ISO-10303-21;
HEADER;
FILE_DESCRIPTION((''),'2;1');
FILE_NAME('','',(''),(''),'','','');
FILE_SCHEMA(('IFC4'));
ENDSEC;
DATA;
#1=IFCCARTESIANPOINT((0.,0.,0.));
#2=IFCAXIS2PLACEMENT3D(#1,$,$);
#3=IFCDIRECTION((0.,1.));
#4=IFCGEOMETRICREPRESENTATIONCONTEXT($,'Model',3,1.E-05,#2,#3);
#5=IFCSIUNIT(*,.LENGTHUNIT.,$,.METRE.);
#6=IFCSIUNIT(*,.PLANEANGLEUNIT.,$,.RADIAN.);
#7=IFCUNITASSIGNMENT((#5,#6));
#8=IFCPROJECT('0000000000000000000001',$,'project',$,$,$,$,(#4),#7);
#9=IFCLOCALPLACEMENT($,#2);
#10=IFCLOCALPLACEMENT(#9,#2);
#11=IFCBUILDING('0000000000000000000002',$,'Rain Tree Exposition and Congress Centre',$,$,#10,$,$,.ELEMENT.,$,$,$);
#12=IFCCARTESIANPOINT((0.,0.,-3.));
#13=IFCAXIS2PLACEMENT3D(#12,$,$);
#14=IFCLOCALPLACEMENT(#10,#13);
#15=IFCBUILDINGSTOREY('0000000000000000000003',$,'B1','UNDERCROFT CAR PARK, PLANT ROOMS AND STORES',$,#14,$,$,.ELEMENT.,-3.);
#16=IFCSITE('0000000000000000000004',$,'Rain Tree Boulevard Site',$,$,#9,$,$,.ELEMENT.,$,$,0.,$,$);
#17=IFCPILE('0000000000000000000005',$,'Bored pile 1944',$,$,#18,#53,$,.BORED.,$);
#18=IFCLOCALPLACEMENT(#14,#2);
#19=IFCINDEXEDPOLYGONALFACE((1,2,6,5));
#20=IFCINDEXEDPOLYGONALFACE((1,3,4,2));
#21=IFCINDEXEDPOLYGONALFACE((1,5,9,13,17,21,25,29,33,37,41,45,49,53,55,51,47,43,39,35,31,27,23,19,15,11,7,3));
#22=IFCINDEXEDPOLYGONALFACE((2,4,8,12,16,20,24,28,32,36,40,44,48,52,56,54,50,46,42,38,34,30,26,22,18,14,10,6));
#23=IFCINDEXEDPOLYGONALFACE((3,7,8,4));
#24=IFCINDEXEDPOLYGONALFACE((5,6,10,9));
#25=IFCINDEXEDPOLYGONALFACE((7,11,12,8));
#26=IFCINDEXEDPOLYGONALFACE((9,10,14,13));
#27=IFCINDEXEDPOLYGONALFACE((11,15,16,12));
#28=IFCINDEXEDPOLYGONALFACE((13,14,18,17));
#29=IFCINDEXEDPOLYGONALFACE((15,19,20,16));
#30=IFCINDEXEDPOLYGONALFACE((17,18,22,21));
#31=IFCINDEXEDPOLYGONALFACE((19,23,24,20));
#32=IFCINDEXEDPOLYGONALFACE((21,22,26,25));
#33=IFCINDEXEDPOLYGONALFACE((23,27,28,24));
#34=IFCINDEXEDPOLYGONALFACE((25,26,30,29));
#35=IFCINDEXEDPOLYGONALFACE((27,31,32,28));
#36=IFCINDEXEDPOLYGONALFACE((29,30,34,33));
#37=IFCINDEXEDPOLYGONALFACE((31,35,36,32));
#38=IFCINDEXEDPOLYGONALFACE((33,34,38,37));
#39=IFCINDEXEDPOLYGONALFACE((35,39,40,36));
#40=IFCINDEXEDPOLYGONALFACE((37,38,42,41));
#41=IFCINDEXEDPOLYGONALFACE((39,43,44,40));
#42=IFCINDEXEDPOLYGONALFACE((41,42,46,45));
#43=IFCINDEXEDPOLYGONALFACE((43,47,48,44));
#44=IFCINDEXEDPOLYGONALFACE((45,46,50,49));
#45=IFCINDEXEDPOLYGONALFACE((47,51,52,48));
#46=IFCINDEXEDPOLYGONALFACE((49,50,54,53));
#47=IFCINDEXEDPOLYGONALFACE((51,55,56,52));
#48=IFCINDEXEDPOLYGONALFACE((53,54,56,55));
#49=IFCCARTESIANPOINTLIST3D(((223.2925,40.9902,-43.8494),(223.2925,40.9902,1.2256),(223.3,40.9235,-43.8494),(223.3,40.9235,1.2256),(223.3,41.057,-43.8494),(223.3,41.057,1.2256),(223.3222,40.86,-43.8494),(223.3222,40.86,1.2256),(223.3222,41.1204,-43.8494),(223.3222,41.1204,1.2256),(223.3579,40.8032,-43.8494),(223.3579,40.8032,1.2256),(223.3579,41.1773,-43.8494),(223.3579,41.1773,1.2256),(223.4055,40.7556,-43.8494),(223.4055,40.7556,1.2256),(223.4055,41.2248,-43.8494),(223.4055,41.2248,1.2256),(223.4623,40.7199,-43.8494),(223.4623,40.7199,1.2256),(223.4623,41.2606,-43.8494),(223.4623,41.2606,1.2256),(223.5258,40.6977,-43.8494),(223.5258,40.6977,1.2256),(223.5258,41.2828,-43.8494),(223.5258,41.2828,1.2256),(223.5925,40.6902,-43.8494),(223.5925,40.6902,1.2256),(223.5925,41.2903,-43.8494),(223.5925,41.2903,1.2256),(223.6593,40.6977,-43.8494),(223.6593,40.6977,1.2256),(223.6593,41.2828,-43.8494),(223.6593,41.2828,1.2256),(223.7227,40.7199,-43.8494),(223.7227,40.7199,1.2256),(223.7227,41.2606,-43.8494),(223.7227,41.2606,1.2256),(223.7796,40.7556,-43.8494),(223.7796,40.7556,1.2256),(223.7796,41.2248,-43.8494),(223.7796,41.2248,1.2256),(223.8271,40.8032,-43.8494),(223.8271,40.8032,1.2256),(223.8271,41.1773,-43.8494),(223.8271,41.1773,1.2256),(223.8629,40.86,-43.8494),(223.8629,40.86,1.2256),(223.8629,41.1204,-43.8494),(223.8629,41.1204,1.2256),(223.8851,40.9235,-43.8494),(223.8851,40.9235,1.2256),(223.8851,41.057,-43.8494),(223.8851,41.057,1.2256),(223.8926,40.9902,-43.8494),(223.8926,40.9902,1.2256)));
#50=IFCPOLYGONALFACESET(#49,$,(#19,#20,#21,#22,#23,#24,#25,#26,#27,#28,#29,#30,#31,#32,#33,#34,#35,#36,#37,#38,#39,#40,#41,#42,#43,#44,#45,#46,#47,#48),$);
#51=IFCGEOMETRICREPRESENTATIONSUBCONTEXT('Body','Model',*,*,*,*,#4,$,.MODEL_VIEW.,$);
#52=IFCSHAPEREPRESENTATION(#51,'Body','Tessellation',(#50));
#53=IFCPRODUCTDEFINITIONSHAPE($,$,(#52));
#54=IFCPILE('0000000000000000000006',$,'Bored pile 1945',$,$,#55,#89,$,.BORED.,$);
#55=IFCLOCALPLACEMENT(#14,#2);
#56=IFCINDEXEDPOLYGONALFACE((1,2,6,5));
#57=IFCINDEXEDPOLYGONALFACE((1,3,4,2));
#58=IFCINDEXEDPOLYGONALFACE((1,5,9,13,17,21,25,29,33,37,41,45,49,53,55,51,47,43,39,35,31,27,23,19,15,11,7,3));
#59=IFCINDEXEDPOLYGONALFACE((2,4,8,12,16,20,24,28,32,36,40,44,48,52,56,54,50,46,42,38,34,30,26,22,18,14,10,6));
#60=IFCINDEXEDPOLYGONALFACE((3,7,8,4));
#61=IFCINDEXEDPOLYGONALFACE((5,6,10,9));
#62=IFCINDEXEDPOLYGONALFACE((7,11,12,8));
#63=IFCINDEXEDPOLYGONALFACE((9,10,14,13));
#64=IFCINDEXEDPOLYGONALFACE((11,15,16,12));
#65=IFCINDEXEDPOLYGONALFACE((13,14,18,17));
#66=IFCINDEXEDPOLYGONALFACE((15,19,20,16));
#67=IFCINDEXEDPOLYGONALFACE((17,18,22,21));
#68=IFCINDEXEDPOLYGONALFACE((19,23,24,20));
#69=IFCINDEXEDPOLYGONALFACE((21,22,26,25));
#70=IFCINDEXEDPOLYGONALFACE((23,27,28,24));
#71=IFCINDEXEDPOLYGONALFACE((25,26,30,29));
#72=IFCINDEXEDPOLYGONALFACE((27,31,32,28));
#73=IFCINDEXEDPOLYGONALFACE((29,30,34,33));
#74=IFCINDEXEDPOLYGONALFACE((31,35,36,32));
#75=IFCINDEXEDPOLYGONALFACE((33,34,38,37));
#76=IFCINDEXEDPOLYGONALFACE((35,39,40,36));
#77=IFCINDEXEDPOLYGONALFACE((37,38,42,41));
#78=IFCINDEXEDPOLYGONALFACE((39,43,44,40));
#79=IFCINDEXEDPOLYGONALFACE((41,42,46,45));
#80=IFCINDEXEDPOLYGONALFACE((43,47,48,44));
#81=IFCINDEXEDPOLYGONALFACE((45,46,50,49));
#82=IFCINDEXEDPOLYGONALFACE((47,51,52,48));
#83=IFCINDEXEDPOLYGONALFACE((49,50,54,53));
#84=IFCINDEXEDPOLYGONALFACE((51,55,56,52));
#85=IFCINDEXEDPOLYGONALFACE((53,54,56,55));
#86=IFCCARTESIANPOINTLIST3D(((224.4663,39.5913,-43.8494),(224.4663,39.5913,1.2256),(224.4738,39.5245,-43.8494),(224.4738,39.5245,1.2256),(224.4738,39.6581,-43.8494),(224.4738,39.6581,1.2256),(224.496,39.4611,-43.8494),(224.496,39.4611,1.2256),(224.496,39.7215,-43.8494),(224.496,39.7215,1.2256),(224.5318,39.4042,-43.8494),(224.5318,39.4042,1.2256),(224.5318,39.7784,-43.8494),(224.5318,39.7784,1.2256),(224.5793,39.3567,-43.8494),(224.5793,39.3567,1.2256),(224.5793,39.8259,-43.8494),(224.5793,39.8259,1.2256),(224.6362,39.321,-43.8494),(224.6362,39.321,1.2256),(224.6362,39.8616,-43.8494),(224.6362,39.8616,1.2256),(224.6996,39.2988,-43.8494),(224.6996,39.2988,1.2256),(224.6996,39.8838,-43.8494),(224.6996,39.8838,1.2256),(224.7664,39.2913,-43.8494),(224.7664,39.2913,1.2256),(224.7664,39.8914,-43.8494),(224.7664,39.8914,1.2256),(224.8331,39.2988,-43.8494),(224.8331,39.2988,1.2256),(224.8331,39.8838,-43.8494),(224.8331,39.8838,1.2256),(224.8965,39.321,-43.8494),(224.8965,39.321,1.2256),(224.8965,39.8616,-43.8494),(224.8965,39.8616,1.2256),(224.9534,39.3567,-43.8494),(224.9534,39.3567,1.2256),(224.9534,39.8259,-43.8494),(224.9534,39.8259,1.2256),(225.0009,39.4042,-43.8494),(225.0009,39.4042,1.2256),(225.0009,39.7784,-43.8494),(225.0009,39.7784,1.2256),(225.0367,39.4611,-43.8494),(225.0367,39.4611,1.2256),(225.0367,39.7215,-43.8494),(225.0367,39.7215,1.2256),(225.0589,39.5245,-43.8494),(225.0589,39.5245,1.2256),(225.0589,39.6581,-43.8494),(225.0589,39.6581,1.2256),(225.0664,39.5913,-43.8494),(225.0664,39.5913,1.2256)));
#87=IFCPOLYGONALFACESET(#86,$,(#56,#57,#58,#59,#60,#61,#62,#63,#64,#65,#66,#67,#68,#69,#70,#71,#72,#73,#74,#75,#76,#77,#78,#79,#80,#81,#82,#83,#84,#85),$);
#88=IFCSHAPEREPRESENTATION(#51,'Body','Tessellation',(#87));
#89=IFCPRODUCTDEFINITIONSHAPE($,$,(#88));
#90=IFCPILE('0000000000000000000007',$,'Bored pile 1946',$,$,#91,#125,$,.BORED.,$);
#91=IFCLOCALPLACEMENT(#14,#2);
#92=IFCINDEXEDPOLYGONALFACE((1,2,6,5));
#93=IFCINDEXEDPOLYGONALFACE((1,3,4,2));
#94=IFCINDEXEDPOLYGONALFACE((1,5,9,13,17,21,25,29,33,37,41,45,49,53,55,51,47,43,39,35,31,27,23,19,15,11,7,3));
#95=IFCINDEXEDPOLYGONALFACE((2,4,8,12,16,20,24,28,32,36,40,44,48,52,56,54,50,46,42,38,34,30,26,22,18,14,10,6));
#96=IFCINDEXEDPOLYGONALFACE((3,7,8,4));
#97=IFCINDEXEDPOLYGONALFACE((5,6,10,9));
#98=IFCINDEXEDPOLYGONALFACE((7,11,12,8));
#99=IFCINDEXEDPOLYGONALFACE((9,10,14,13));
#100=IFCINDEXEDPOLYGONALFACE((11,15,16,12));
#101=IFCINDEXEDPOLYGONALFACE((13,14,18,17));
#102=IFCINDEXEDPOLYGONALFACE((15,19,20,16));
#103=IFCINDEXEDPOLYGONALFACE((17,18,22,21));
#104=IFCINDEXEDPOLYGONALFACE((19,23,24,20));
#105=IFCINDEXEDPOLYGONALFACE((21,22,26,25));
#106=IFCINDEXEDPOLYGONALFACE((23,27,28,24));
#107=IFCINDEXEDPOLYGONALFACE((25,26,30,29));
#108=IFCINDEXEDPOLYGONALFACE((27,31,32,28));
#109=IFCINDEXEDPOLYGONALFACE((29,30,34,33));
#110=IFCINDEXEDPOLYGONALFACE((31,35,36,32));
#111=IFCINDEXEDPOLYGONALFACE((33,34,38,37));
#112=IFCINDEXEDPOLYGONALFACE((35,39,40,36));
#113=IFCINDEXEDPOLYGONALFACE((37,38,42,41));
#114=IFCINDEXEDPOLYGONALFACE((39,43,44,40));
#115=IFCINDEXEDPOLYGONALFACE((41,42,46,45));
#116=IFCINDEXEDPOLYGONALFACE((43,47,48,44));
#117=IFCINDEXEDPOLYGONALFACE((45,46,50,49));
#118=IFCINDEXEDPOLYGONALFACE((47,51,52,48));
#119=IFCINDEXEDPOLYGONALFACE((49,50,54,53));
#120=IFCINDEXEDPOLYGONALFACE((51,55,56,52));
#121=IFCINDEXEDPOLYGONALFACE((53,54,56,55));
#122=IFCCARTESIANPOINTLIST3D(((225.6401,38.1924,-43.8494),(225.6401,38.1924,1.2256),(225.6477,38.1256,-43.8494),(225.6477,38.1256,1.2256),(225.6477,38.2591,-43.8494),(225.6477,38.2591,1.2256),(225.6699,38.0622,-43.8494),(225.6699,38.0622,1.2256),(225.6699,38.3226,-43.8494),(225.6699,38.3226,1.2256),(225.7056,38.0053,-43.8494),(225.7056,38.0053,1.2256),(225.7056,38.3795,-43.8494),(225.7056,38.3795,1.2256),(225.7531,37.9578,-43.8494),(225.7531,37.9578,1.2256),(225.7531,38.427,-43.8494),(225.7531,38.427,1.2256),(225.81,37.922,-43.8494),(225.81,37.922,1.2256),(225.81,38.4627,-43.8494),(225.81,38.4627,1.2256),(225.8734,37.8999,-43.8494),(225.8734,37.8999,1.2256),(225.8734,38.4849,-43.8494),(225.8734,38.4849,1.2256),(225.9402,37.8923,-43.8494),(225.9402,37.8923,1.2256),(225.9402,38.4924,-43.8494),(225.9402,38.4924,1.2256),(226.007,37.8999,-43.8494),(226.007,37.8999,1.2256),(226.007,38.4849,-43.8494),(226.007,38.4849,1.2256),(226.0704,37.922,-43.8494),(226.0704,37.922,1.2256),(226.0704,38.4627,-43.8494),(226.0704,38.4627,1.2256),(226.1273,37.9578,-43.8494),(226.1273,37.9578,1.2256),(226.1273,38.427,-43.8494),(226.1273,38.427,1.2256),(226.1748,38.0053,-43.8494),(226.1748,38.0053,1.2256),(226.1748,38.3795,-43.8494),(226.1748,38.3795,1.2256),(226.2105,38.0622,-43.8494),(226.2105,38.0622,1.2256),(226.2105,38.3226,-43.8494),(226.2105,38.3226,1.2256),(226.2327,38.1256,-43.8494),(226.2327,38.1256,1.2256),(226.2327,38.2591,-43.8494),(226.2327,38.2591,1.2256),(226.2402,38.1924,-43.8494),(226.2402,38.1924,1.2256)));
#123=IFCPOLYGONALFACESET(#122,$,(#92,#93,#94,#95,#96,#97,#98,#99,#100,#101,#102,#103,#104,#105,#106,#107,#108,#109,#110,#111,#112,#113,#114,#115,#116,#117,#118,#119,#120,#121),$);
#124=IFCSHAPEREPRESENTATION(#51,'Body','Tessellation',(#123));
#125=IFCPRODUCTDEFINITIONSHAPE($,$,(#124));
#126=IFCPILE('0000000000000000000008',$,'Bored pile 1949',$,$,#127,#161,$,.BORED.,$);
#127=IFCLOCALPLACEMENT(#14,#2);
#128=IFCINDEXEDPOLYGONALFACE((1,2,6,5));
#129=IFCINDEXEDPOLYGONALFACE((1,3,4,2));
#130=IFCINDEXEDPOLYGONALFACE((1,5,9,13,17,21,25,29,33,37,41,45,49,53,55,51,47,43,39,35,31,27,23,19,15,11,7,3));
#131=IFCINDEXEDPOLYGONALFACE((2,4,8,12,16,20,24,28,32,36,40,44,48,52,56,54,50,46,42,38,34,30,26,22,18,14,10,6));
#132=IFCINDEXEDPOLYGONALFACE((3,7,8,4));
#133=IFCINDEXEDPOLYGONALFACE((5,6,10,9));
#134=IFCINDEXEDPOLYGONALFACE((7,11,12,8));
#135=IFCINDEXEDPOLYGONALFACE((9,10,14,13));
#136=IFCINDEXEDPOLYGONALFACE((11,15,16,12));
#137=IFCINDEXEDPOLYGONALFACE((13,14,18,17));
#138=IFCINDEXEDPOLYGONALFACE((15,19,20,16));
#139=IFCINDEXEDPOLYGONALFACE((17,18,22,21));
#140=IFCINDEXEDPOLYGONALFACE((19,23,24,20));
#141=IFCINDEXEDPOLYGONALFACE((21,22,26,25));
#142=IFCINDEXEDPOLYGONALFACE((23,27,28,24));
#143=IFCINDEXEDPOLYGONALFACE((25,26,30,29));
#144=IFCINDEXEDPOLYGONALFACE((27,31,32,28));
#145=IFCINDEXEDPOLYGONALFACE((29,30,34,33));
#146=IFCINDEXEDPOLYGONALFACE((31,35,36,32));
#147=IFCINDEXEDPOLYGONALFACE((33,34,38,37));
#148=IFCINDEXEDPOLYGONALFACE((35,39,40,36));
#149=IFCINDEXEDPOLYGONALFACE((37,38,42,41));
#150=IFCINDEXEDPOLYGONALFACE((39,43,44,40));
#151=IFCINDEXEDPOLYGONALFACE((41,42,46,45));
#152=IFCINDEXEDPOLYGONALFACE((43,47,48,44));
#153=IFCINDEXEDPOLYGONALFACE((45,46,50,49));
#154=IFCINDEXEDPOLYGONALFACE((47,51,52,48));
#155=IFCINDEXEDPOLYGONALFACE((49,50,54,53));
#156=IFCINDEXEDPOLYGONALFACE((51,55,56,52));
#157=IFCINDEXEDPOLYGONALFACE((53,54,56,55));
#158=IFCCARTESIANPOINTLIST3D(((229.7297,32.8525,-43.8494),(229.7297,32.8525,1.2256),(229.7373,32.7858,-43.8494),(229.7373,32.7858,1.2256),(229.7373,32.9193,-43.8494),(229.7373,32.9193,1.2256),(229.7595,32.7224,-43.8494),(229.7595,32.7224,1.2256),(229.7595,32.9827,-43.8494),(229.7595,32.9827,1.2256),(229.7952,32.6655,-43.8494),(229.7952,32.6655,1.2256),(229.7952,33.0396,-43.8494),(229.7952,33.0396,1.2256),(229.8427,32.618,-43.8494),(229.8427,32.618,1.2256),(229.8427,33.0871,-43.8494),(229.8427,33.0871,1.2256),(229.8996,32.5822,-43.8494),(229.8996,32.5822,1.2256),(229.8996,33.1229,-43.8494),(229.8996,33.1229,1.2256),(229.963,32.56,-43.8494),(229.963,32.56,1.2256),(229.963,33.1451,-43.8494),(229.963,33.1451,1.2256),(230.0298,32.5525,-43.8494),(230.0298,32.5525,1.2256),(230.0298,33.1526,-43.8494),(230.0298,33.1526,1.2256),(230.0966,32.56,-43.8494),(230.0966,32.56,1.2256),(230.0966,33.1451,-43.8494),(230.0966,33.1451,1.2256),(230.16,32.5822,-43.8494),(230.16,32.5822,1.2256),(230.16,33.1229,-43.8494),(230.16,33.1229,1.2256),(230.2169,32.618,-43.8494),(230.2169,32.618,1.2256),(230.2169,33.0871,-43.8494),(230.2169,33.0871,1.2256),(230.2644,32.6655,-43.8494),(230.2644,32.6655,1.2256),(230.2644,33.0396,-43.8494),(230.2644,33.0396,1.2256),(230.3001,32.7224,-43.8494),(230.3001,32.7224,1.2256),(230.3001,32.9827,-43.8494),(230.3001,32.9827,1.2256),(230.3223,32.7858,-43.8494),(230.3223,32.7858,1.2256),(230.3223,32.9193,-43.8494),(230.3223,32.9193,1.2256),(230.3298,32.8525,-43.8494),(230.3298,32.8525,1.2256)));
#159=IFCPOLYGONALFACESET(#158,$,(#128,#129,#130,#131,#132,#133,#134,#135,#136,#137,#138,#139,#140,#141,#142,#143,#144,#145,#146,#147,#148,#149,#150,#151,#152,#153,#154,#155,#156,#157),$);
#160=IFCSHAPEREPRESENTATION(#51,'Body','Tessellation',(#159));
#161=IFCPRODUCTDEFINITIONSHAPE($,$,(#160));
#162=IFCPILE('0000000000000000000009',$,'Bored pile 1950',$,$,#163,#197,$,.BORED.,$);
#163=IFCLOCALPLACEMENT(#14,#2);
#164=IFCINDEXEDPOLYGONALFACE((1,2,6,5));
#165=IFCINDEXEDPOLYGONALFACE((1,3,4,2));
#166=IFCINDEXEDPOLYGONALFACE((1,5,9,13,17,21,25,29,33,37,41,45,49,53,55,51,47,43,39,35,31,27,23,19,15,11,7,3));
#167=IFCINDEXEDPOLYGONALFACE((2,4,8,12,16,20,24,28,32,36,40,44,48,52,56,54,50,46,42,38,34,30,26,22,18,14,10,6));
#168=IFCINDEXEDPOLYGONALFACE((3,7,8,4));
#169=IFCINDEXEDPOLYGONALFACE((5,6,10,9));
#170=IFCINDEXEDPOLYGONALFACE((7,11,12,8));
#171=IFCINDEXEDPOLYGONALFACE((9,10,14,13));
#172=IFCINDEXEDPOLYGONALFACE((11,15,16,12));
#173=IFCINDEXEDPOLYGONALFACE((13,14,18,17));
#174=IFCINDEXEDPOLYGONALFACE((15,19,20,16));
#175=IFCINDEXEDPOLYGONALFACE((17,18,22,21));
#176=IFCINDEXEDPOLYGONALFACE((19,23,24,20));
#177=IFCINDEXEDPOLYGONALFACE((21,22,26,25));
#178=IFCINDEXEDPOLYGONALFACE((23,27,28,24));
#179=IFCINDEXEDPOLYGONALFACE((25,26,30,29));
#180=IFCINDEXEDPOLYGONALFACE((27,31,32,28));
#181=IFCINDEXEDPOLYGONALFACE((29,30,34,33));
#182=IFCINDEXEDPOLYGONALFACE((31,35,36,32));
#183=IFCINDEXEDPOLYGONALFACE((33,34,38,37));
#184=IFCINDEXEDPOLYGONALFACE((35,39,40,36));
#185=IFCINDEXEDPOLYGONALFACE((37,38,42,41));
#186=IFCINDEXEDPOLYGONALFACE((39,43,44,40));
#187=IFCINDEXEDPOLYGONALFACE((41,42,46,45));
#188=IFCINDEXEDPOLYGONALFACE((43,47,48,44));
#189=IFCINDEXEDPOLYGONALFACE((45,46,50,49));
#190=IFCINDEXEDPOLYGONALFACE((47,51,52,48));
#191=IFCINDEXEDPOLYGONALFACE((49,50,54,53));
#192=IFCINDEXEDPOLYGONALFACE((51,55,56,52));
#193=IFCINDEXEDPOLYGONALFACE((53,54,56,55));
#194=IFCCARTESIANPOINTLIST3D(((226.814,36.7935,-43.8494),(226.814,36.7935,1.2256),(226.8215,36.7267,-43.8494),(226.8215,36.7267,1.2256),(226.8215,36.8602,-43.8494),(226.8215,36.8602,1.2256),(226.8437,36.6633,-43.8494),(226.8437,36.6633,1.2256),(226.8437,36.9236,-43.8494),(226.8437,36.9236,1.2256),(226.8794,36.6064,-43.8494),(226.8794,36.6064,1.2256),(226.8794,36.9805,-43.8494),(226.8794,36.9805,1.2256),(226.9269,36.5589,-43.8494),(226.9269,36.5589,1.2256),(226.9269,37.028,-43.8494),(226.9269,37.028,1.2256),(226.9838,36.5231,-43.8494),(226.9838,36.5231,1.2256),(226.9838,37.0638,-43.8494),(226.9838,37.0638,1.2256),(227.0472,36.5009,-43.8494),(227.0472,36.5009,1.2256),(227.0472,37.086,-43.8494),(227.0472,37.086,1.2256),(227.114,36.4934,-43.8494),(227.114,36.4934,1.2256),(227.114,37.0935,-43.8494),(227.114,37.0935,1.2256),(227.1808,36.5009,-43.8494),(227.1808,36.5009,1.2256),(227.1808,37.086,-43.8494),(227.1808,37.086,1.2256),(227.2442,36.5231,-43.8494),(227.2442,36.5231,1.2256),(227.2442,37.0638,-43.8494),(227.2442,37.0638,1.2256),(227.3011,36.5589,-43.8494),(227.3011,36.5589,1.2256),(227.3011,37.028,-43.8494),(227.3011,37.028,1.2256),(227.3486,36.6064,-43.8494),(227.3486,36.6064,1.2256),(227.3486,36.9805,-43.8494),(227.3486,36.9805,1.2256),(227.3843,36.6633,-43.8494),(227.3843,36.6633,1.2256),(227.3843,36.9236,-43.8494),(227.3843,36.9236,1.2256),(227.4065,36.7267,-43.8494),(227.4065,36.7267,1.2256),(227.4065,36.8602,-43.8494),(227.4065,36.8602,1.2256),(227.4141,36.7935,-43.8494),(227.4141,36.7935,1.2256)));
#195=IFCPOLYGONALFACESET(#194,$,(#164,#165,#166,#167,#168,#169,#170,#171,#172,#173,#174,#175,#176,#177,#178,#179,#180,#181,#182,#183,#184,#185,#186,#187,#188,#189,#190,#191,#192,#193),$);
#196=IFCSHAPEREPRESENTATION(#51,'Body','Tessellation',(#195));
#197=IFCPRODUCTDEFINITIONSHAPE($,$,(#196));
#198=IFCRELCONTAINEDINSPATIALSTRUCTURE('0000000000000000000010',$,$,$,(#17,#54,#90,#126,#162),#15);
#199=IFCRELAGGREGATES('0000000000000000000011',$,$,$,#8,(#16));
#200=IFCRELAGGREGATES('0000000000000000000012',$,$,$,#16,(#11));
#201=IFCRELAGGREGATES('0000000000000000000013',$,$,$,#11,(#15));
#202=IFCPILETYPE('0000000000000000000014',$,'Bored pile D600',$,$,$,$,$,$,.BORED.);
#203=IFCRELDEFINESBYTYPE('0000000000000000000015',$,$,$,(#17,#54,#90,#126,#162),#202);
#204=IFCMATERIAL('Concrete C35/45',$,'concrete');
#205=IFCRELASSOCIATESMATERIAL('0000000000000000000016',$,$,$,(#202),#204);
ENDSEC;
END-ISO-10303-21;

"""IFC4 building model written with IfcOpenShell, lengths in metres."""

from ifc_helpers import new_model, si_unit, direction, frame, origin, origin_2d, place, context, subcontext, project, spatial, circle, extrude, material, material_profile, profile_set, type_object, element, save


model = new_model("IFC4")

# Units and contexts
model_context = context("Model", 3, precision=1e-05, world=origin(), true_north=direction((0.0, 1.0)))
body_context = subcontext(model_context, "Body", "Model", "MODEL_VIEW")
ifc_project = project(units=[si_unit("LENGTHUNIT", "METRE"), si_unit("PLANEANGLEUNIT", "RADIAN")], contexts=[model_context])

# Site, building, storey
site_placement = place(None, origin())
site = spatial("IfcSite", under=ifc_project, at=site_placement, Name="Rain Tree Boulevard Site", CompositionType="ELEMENT", RefElevation=0.0)
building_placement = place(site_placement, origin())
building = spatial("IfcBuilding", under=site, at=building_placement, Name="Rain Tree Exposition and Congress Centre", CompositionType="ELEMENT")
storey_placement = place(building_placement, frame((0.0, 0.0, -3.0)))
storey = spatial("IfcBuildingStorey", under=building, at=storey_placement, Name="B1", Description="UNDERCROFT CAR PARK, PLANT ROOMS AND STORES", CompositionType="ELEMENT", Elevation=-3.0)

# Piles
ifc_material_1 = material(Name="Concrete C35/45", Category="concrete")
ifc_material_profile_1 = material_profile(ifc_material_1, circle(Radius=0.3, at=origin_2d()), Name="D600")
ifc_profile_set_1 = profile_set([ifc_material_profile_1], Name="Concrete C35/45")
pile_type_1 = type_object("IfcPileType", Name="Bored pile D600", PredefinedType="BORED", material=ifc_profile_set_1)
for number, where, z_axis, x_axis, name in (
    (1, (223.5925, 40.9902, 1.2256), (0.0, 0.0, -1.0), (1.0, 0.0, 0.0), "Bored pile 1944"),
    (2, (224.7664, 39.5913, 1.2256), (0.0, 0.0, -1.0), (1.0, 0.0, 0.0), "Bored pile 1945"),
    (3, (225.9402, 38.1924, 1.2256), (0.0, 0.0, -1.0), (1.0, 0.0, 0.0), "Bored pile 1946"),
    (4, (230.0298, 32.8525, 1.2256), (0.0, 0.0, -1.0), (1.0, 0.0, 0.0), "Bored pile 1949"),
    (5, (227.114, 36.7935, 1.2256), (0.0, 0.0, -1.0), (1.0, 0.0, 0.0), "Bored pile 1950"),
):
    element("IfcPile", number, at=place(storey_placement, frame(where, z_axis=z_axis, x_axis=x_axis)), inside=storey, type_object=pile_type_1, Name=name, PredefinedType="BORED", context=body_context, shape_type="SweptSolid", body=[
        extrude(circle(Radius=0.3, at=origin_2d()), origin(), (0.0, 0.0, 1.0), 45.075),
    ])

save(model, "model.ifc")
